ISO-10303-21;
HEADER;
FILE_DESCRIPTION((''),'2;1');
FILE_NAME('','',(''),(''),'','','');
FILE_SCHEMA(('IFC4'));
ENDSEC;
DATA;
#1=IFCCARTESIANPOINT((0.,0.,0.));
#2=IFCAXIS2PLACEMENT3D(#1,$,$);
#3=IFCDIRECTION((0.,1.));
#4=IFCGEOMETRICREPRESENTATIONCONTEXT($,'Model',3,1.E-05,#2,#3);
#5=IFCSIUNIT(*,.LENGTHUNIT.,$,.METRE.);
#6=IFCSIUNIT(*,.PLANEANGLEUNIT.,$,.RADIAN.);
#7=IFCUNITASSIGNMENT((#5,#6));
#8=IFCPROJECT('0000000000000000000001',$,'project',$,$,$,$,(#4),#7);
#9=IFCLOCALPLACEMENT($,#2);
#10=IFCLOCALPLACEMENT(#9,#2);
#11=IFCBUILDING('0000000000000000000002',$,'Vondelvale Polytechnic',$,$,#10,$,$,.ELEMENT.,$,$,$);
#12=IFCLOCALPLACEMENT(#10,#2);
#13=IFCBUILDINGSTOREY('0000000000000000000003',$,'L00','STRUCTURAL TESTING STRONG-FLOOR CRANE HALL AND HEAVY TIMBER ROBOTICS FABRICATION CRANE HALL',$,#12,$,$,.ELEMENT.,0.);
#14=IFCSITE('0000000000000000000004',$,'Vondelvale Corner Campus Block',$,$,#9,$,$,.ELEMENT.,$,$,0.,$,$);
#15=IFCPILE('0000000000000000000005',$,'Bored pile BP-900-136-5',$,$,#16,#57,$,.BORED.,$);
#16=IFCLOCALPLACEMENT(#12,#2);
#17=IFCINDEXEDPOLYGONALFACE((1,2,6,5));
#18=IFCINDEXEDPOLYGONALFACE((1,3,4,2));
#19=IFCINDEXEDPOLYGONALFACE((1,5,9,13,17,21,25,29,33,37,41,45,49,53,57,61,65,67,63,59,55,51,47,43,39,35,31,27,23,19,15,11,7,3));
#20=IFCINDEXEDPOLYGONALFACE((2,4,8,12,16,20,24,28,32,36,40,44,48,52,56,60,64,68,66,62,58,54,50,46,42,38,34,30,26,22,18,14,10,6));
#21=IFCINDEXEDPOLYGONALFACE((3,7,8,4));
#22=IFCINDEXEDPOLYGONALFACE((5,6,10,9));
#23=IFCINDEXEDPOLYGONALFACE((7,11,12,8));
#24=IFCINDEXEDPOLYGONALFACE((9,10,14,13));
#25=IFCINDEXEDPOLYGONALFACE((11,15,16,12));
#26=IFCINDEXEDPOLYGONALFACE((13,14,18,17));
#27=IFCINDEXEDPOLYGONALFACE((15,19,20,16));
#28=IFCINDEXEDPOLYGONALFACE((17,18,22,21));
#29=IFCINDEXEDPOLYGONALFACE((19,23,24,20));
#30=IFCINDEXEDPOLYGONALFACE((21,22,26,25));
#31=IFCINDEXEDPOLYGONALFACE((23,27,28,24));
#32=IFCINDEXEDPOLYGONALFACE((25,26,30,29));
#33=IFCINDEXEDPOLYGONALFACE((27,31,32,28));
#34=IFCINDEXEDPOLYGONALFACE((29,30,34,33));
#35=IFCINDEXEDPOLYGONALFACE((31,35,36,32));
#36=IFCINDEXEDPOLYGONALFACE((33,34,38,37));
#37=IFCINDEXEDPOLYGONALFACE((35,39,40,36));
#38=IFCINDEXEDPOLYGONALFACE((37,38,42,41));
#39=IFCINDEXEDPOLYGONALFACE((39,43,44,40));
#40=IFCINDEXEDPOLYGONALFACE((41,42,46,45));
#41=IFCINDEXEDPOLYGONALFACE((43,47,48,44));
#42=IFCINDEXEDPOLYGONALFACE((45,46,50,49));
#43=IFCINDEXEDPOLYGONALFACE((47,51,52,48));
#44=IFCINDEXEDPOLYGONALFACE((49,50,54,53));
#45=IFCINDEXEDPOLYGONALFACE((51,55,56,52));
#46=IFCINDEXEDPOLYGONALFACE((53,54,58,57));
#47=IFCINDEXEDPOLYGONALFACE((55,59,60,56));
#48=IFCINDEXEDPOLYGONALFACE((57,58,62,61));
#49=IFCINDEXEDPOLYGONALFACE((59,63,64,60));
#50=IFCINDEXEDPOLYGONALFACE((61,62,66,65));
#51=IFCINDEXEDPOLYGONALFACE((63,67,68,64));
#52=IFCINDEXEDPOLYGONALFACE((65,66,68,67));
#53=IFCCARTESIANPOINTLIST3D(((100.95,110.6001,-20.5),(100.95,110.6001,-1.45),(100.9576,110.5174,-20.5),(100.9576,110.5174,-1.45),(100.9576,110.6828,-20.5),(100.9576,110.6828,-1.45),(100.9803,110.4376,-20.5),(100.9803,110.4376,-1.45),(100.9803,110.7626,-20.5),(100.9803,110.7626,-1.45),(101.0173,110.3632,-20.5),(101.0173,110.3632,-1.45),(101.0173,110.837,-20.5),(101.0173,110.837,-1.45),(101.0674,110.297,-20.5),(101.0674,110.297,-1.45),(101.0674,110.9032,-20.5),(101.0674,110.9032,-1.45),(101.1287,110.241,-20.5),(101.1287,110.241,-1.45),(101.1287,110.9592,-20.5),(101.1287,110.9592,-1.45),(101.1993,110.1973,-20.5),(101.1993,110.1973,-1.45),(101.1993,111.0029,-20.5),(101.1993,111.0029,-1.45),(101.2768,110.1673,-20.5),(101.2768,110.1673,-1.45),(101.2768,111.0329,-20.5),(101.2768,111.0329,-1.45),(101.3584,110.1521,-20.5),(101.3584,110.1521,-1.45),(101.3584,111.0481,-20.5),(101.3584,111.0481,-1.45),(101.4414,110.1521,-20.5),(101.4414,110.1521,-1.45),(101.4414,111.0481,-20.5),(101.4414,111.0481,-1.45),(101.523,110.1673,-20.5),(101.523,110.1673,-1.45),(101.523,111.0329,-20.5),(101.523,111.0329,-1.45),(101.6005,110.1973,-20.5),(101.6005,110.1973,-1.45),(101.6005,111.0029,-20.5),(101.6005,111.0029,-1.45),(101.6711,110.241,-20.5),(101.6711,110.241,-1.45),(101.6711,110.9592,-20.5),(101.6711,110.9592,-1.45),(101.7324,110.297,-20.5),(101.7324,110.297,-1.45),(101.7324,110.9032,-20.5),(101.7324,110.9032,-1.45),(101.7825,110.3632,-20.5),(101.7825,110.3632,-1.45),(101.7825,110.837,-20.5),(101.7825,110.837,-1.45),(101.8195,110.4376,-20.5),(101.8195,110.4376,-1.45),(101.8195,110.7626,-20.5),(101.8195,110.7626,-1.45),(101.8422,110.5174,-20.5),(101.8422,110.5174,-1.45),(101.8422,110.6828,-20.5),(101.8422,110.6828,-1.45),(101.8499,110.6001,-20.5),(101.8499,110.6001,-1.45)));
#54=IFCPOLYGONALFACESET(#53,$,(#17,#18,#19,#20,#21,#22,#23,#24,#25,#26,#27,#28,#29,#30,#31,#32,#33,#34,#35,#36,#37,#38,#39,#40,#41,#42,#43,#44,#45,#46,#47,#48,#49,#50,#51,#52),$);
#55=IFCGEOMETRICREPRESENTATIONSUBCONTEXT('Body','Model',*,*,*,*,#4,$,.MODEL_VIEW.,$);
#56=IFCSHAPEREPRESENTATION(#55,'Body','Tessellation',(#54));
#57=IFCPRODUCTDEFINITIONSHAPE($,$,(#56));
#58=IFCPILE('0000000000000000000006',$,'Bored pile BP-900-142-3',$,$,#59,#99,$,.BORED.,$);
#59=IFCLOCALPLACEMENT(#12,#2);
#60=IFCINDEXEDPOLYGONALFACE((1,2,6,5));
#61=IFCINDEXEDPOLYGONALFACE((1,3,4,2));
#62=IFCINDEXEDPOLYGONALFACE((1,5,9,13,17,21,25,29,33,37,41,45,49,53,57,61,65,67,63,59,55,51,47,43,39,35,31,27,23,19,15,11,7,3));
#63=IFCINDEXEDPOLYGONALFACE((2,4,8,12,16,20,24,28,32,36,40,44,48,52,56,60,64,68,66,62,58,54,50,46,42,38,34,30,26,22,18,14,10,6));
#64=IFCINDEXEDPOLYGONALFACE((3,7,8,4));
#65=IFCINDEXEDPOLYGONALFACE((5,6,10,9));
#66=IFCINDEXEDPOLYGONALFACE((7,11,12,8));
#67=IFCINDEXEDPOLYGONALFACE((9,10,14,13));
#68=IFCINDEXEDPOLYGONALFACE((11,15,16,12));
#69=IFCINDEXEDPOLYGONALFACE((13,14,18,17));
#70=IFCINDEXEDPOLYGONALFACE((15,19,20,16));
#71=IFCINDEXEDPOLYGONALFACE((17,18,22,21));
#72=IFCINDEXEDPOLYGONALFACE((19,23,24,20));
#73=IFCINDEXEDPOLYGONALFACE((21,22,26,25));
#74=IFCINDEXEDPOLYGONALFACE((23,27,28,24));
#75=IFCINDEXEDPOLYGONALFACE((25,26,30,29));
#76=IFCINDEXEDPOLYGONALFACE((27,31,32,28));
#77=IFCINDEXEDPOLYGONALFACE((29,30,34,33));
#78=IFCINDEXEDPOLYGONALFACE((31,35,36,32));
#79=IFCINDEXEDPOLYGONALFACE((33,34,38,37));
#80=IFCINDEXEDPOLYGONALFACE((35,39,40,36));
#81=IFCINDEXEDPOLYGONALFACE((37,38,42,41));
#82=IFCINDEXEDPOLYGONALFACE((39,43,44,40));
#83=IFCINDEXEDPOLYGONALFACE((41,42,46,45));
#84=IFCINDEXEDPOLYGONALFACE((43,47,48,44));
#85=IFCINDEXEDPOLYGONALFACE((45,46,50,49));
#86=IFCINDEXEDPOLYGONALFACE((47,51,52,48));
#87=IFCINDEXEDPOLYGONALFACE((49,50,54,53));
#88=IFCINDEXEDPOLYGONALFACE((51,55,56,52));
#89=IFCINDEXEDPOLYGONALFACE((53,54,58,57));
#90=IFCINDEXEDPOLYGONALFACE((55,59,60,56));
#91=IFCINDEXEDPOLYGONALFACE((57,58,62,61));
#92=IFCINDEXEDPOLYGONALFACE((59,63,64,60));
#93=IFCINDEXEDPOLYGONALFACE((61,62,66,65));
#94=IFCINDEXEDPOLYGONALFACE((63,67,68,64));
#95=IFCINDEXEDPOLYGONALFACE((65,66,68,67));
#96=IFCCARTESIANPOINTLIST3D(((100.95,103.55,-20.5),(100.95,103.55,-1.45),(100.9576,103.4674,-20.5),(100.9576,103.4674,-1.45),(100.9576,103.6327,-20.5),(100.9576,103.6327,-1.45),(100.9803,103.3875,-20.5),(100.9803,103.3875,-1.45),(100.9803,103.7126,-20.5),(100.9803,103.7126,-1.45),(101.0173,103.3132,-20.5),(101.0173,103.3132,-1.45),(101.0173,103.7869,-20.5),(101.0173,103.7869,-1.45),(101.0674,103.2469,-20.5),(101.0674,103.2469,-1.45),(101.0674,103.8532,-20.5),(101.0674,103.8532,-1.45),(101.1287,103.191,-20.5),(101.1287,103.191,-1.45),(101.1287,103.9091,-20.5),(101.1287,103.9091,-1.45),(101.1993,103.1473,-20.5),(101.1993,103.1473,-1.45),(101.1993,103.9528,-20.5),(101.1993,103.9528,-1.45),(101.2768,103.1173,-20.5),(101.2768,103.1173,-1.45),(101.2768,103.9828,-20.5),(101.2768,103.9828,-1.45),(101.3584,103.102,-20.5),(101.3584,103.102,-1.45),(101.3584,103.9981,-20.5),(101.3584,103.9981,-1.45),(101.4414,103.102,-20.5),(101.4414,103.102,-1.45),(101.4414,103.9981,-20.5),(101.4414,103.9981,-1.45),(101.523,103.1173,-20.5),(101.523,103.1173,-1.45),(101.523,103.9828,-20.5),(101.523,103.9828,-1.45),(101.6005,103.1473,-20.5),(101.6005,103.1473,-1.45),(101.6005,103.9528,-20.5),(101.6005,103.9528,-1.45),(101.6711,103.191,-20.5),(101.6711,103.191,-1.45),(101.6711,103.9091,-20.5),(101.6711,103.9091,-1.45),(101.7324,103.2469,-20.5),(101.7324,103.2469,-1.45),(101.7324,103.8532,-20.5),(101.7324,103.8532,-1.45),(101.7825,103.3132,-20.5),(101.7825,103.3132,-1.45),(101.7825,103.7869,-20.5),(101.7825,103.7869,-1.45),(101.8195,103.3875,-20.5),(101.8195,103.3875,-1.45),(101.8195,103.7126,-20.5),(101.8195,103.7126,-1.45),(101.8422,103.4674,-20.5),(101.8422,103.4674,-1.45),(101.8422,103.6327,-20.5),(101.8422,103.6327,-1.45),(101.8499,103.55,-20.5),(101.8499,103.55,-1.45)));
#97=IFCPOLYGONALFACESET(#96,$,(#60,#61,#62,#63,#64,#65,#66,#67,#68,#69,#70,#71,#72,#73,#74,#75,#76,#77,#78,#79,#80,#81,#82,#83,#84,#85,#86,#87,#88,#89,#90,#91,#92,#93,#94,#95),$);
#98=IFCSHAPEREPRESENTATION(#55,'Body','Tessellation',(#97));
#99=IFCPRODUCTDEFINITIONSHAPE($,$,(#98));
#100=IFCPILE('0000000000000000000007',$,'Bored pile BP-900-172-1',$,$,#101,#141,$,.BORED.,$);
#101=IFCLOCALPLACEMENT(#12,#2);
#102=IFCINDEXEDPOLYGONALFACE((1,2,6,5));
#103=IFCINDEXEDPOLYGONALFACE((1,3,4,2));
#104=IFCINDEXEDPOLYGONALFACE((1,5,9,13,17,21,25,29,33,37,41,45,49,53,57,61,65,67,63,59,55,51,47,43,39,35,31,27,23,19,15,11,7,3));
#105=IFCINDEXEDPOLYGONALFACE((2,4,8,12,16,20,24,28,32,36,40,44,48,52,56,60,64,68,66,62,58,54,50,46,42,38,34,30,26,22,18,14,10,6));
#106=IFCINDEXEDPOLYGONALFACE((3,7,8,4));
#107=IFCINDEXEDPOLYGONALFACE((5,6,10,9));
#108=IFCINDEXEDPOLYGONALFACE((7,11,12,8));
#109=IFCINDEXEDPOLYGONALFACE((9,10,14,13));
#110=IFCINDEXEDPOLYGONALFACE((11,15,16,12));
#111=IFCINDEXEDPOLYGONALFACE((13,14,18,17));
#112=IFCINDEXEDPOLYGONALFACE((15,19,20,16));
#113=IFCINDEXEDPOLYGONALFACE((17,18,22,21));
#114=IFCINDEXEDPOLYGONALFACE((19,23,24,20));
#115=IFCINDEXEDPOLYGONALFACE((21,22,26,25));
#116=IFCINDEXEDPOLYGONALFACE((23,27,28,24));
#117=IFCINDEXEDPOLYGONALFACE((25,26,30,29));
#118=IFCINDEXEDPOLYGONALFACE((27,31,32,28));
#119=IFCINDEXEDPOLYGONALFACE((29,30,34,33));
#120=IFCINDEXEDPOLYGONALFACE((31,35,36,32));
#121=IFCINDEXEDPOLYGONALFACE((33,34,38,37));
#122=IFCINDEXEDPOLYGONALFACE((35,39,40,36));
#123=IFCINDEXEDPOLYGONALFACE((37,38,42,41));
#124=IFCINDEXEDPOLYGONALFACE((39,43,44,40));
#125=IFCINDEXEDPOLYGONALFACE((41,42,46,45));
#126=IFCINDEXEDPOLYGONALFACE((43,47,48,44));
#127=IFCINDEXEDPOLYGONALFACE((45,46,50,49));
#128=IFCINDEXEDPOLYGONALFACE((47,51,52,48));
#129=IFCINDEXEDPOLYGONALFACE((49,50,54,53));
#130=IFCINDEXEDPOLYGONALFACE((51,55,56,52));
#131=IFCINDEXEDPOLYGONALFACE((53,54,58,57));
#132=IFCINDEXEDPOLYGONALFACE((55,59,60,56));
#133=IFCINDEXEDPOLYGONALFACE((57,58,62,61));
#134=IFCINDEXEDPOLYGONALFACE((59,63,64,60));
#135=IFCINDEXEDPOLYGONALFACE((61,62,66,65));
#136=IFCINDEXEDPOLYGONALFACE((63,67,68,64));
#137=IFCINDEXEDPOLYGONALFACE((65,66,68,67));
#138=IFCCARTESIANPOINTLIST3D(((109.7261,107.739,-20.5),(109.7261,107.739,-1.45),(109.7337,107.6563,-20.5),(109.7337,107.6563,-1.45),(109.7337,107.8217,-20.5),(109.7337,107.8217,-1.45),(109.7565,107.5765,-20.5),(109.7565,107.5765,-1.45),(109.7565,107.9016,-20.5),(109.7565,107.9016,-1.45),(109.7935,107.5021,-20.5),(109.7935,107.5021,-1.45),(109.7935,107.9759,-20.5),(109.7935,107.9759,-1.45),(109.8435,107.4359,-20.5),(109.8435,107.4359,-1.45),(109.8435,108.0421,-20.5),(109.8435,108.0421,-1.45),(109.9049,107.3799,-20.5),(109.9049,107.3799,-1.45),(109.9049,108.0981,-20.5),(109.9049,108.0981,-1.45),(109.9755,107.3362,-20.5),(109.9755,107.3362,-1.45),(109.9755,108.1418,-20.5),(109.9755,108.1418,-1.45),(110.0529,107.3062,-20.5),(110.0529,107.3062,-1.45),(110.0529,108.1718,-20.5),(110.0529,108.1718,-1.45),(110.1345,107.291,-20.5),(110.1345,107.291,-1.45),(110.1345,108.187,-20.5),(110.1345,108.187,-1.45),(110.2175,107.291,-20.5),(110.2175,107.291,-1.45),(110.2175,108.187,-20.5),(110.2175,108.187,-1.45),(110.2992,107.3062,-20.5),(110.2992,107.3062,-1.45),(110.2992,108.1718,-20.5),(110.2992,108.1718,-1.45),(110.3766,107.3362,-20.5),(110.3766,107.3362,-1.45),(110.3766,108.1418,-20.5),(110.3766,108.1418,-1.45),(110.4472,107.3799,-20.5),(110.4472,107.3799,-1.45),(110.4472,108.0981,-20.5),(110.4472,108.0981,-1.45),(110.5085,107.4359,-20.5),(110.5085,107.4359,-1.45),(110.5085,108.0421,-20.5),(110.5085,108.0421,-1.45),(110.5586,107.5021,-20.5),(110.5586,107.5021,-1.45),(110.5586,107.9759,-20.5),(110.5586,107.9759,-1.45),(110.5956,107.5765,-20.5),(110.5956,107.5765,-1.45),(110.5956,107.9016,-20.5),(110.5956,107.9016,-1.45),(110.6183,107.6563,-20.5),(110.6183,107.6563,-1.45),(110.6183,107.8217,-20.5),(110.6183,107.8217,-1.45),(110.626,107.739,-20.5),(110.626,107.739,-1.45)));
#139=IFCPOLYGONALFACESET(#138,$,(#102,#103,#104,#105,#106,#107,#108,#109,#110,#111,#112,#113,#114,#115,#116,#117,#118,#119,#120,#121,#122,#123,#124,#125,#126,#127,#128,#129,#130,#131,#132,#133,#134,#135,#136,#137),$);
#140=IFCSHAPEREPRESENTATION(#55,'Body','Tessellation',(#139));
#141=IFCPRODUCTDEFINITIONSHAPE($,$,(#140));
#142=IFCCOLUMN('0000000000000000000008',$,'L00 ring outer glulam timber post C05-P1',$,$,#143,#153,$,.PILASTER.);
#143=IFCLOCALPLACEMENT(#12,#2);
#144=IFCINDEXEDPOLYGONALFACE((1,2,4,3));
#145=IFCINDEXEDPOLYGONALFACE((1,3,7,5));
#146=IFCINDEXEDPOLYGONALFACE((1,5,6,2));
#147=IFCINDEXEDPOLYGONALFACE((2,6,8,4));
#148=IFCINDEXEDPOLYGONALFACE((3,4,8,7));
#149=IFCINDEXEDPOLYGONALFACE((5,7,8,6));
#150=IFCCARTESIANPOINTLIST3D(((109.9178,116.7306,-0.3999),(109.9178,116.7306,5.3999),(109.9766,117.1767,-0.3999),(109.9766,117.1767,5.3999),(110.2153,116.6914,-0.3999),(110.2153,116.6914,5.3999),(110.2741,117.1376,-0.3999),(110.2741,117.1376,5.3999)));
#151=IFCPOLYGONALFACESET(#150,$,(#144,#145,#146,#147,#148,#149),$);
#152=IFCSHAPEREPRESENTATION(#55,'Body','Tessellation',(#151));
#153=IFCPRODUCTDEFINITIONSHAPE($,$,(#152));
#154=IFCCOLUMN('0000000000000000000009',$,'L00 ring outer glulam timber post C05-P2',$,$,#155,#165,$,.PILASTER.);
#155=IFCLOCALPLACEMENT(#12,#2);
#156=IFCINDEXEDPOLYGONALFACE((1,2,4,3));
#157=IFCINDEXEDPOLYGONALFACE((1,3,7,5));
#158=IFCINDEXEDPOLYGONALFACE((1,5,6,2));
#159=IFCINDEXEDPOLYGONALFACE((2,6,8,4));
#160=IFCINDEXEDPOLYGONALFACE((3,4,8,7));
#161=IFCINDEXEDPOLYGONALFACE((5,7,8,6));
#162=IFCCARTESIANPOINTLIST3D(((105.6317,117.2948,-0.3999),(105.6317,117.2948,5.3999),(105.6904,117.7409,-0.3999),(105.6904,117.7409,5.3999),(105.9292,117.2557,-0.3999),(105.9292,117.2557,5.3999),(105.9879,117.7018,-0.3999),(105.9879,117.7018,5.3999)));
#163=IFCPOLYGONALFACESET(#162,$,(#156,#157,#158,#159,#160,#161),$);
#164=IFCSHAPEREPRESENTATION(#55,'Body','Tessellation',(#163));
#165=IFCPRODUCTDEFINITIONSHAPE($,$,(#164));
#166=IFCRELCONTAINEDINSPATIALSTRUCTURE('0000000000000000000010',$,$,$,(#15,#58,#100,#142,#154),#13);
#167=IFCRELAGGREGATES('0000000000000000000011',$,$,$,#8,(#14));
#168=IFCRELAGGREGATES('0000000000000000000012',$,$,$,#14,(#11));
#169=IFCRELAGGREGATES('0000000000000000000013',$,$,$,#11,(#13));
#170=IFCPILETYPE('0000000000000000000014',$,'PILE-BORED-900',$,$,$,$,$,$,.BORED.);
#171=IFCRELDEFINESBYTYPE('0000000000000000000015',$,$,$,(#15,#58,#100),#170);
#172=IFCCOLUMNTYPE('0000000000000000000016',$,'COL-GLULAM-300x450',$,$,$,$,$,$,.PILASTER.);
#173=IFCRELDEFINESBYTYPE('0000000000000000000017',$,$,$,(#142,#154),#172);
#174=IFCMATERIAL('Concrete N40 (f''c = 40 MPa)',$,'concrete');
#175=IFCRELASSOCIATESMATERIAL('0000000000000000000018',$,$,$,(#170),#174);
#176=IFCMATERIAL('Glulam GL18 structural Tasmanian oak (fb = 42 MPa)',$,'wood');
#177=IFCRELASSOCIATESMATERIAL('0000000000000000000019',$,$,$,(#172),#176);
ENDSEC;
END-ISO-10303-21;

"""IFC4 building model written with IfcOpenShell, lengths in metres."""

from ifc_helpers import new_model, si_unit, direction, frame, origin, origin_2d, place, context, subcontext, project, spatial, rectangle, circle, extrude, material, material_profile, profile_set, type_object, element, save


model = new_model("IFC4")

# Units and contexts
model_context = context("Model", 3, precision=1e-05, world=origin(), true_north=direction((0.0, 1.0)))
body_context = subcontext(model_context, "Body", "Model", "MODEL_VIEW")
ifc_project = project(units=[si_unit("LENGTHUNIT", "METRE"), si_unit("PLANEANGLEUNIT", "RADIAN")], contexts=[model_context])

# Site, building, storey
site_placement = place(None, origin())
site = spatial("IfcSite", under=ifc_project, at=site_placement, Name="Vondelvale Corner Campus Block", CompositionType="ELEMENT", RefElevation=0.0)
building_placement = place(site_placement, origin())
building = spatial("IfcBuilding", under=site, at=building_placement, Name="Vondelvale Polytechnic", CompositionType="ELEMENT")
storey_placement = place(building_placement, origin())
storey = spatial("IfcBuildingStorey", under=building, at=storey_placement, Name="L00", Description="STRUCTURAL TESTING STRONG-FLOOR CRANE HALL AND HEAVY TIMBER ROBOTICS FABRICATION CRANE HALL", CompositionType="ELEMENT", Elevation=0.0)

# Piles
ifc_material_1 = material(Name="Concrete N40 (f'c = 40 MPa)", Category="concrete")
ifc_material_profile_1 = material_profile(ifc_material_1, circle(Radius=0.45, at=origin_2d()), Name="PILE-D900")
ifc_profile_set_1 = profile_set([ifc_material_profile_1], Name="Concrete N40 (f'c = 40 MPa)")
pile_type = type_object("IfcPileType", Name="PILE-BORED-900", PredefinedType="BORED", material=ifc_profile_set_1)
for number, where, z_axis, x_axis, name in (
    (1, (101.3999, 110.6001, -1.45), (0.0, 0.0, -1.0), (1.0, 0.0, 0.0), "Bored pile BP-900-136-5"),
    (2, (101.3999, 103.55, -1.45), (0.0, 0.0, -1.0), (1.0, 0.0, 0.0), "Bored pile BP-900-142-3"),
    (3, (110.176, 107.739, -1.45), (0.0, 0.0, -1.0), (1.0, 0.0, 0.0), "Bored pile BP-900-172-1"),
):
    element("IfcPile", number, at=place(storey_placement, frame(where, z_axis=z_axis, x_axis=x_axis)), inside=storey, type_object=pile_type, Name=name, PredefinedType="BORED", context=body_context, shape_type="SweptSolid", body=[
        extrude(circle(Radius=0.45, at=origin_2d()), origin(), (0.0, 0.0, 1.0), 19.05),
    ])

# Columns
ifc_material_2 = material(Name="Glulam GL18 structural Tasmanian oak (fb = 42 MPa)", Category="wood")
ifc_material_profile_2 = material_profile(ifc_material_2, rectangle(XDim=0.3, YDim=0.45, at=origin_2d()), Name="GL-POST-300x450")
ifc_profile_set_2 = profile_set([ifc_material_profile_2], Name="Glulam GL18 structural Tasmanian oak (fb = 42 MPa)")
column_type_1 = type_object("IfcColumnType", Name="COL-GLULAM-300x450", PredefinedType="PILASTER", material=ifc_profile_set_2)
for number, where, z_axis, x_axis, name in (
    (4, (110.0959, 116.9341, -0.3999), (0.0, 0.0, 1.0), (-0.991445, 0.130526, 0.0), "L00 ring outer glulam timber post C05-P1"),
    (5, (105.8098, 117.4983, -0.3999), (0.0, 0.0, 1.0), (-0.991445, 0.130526, 0.0), "L00 ring outer glulam timber post C05-P2"),
):
    element("IfcColumn", number, at=place(storey_placement, frame(where, z_axis=z_axis, x_axis=x_axis)), inside=storey, type_object=column_type_1, Name=name, PredefinedType="PILASTER", context=body_context, shape_type="SweptSolid", body=[
        extrude(rectangle(XDim=0.3, YDim=0.45, at=origin_2d()), origin(), (0.0, 0.0, 1.0), 5.7998),
    ])

save(model, "model.ifc")
